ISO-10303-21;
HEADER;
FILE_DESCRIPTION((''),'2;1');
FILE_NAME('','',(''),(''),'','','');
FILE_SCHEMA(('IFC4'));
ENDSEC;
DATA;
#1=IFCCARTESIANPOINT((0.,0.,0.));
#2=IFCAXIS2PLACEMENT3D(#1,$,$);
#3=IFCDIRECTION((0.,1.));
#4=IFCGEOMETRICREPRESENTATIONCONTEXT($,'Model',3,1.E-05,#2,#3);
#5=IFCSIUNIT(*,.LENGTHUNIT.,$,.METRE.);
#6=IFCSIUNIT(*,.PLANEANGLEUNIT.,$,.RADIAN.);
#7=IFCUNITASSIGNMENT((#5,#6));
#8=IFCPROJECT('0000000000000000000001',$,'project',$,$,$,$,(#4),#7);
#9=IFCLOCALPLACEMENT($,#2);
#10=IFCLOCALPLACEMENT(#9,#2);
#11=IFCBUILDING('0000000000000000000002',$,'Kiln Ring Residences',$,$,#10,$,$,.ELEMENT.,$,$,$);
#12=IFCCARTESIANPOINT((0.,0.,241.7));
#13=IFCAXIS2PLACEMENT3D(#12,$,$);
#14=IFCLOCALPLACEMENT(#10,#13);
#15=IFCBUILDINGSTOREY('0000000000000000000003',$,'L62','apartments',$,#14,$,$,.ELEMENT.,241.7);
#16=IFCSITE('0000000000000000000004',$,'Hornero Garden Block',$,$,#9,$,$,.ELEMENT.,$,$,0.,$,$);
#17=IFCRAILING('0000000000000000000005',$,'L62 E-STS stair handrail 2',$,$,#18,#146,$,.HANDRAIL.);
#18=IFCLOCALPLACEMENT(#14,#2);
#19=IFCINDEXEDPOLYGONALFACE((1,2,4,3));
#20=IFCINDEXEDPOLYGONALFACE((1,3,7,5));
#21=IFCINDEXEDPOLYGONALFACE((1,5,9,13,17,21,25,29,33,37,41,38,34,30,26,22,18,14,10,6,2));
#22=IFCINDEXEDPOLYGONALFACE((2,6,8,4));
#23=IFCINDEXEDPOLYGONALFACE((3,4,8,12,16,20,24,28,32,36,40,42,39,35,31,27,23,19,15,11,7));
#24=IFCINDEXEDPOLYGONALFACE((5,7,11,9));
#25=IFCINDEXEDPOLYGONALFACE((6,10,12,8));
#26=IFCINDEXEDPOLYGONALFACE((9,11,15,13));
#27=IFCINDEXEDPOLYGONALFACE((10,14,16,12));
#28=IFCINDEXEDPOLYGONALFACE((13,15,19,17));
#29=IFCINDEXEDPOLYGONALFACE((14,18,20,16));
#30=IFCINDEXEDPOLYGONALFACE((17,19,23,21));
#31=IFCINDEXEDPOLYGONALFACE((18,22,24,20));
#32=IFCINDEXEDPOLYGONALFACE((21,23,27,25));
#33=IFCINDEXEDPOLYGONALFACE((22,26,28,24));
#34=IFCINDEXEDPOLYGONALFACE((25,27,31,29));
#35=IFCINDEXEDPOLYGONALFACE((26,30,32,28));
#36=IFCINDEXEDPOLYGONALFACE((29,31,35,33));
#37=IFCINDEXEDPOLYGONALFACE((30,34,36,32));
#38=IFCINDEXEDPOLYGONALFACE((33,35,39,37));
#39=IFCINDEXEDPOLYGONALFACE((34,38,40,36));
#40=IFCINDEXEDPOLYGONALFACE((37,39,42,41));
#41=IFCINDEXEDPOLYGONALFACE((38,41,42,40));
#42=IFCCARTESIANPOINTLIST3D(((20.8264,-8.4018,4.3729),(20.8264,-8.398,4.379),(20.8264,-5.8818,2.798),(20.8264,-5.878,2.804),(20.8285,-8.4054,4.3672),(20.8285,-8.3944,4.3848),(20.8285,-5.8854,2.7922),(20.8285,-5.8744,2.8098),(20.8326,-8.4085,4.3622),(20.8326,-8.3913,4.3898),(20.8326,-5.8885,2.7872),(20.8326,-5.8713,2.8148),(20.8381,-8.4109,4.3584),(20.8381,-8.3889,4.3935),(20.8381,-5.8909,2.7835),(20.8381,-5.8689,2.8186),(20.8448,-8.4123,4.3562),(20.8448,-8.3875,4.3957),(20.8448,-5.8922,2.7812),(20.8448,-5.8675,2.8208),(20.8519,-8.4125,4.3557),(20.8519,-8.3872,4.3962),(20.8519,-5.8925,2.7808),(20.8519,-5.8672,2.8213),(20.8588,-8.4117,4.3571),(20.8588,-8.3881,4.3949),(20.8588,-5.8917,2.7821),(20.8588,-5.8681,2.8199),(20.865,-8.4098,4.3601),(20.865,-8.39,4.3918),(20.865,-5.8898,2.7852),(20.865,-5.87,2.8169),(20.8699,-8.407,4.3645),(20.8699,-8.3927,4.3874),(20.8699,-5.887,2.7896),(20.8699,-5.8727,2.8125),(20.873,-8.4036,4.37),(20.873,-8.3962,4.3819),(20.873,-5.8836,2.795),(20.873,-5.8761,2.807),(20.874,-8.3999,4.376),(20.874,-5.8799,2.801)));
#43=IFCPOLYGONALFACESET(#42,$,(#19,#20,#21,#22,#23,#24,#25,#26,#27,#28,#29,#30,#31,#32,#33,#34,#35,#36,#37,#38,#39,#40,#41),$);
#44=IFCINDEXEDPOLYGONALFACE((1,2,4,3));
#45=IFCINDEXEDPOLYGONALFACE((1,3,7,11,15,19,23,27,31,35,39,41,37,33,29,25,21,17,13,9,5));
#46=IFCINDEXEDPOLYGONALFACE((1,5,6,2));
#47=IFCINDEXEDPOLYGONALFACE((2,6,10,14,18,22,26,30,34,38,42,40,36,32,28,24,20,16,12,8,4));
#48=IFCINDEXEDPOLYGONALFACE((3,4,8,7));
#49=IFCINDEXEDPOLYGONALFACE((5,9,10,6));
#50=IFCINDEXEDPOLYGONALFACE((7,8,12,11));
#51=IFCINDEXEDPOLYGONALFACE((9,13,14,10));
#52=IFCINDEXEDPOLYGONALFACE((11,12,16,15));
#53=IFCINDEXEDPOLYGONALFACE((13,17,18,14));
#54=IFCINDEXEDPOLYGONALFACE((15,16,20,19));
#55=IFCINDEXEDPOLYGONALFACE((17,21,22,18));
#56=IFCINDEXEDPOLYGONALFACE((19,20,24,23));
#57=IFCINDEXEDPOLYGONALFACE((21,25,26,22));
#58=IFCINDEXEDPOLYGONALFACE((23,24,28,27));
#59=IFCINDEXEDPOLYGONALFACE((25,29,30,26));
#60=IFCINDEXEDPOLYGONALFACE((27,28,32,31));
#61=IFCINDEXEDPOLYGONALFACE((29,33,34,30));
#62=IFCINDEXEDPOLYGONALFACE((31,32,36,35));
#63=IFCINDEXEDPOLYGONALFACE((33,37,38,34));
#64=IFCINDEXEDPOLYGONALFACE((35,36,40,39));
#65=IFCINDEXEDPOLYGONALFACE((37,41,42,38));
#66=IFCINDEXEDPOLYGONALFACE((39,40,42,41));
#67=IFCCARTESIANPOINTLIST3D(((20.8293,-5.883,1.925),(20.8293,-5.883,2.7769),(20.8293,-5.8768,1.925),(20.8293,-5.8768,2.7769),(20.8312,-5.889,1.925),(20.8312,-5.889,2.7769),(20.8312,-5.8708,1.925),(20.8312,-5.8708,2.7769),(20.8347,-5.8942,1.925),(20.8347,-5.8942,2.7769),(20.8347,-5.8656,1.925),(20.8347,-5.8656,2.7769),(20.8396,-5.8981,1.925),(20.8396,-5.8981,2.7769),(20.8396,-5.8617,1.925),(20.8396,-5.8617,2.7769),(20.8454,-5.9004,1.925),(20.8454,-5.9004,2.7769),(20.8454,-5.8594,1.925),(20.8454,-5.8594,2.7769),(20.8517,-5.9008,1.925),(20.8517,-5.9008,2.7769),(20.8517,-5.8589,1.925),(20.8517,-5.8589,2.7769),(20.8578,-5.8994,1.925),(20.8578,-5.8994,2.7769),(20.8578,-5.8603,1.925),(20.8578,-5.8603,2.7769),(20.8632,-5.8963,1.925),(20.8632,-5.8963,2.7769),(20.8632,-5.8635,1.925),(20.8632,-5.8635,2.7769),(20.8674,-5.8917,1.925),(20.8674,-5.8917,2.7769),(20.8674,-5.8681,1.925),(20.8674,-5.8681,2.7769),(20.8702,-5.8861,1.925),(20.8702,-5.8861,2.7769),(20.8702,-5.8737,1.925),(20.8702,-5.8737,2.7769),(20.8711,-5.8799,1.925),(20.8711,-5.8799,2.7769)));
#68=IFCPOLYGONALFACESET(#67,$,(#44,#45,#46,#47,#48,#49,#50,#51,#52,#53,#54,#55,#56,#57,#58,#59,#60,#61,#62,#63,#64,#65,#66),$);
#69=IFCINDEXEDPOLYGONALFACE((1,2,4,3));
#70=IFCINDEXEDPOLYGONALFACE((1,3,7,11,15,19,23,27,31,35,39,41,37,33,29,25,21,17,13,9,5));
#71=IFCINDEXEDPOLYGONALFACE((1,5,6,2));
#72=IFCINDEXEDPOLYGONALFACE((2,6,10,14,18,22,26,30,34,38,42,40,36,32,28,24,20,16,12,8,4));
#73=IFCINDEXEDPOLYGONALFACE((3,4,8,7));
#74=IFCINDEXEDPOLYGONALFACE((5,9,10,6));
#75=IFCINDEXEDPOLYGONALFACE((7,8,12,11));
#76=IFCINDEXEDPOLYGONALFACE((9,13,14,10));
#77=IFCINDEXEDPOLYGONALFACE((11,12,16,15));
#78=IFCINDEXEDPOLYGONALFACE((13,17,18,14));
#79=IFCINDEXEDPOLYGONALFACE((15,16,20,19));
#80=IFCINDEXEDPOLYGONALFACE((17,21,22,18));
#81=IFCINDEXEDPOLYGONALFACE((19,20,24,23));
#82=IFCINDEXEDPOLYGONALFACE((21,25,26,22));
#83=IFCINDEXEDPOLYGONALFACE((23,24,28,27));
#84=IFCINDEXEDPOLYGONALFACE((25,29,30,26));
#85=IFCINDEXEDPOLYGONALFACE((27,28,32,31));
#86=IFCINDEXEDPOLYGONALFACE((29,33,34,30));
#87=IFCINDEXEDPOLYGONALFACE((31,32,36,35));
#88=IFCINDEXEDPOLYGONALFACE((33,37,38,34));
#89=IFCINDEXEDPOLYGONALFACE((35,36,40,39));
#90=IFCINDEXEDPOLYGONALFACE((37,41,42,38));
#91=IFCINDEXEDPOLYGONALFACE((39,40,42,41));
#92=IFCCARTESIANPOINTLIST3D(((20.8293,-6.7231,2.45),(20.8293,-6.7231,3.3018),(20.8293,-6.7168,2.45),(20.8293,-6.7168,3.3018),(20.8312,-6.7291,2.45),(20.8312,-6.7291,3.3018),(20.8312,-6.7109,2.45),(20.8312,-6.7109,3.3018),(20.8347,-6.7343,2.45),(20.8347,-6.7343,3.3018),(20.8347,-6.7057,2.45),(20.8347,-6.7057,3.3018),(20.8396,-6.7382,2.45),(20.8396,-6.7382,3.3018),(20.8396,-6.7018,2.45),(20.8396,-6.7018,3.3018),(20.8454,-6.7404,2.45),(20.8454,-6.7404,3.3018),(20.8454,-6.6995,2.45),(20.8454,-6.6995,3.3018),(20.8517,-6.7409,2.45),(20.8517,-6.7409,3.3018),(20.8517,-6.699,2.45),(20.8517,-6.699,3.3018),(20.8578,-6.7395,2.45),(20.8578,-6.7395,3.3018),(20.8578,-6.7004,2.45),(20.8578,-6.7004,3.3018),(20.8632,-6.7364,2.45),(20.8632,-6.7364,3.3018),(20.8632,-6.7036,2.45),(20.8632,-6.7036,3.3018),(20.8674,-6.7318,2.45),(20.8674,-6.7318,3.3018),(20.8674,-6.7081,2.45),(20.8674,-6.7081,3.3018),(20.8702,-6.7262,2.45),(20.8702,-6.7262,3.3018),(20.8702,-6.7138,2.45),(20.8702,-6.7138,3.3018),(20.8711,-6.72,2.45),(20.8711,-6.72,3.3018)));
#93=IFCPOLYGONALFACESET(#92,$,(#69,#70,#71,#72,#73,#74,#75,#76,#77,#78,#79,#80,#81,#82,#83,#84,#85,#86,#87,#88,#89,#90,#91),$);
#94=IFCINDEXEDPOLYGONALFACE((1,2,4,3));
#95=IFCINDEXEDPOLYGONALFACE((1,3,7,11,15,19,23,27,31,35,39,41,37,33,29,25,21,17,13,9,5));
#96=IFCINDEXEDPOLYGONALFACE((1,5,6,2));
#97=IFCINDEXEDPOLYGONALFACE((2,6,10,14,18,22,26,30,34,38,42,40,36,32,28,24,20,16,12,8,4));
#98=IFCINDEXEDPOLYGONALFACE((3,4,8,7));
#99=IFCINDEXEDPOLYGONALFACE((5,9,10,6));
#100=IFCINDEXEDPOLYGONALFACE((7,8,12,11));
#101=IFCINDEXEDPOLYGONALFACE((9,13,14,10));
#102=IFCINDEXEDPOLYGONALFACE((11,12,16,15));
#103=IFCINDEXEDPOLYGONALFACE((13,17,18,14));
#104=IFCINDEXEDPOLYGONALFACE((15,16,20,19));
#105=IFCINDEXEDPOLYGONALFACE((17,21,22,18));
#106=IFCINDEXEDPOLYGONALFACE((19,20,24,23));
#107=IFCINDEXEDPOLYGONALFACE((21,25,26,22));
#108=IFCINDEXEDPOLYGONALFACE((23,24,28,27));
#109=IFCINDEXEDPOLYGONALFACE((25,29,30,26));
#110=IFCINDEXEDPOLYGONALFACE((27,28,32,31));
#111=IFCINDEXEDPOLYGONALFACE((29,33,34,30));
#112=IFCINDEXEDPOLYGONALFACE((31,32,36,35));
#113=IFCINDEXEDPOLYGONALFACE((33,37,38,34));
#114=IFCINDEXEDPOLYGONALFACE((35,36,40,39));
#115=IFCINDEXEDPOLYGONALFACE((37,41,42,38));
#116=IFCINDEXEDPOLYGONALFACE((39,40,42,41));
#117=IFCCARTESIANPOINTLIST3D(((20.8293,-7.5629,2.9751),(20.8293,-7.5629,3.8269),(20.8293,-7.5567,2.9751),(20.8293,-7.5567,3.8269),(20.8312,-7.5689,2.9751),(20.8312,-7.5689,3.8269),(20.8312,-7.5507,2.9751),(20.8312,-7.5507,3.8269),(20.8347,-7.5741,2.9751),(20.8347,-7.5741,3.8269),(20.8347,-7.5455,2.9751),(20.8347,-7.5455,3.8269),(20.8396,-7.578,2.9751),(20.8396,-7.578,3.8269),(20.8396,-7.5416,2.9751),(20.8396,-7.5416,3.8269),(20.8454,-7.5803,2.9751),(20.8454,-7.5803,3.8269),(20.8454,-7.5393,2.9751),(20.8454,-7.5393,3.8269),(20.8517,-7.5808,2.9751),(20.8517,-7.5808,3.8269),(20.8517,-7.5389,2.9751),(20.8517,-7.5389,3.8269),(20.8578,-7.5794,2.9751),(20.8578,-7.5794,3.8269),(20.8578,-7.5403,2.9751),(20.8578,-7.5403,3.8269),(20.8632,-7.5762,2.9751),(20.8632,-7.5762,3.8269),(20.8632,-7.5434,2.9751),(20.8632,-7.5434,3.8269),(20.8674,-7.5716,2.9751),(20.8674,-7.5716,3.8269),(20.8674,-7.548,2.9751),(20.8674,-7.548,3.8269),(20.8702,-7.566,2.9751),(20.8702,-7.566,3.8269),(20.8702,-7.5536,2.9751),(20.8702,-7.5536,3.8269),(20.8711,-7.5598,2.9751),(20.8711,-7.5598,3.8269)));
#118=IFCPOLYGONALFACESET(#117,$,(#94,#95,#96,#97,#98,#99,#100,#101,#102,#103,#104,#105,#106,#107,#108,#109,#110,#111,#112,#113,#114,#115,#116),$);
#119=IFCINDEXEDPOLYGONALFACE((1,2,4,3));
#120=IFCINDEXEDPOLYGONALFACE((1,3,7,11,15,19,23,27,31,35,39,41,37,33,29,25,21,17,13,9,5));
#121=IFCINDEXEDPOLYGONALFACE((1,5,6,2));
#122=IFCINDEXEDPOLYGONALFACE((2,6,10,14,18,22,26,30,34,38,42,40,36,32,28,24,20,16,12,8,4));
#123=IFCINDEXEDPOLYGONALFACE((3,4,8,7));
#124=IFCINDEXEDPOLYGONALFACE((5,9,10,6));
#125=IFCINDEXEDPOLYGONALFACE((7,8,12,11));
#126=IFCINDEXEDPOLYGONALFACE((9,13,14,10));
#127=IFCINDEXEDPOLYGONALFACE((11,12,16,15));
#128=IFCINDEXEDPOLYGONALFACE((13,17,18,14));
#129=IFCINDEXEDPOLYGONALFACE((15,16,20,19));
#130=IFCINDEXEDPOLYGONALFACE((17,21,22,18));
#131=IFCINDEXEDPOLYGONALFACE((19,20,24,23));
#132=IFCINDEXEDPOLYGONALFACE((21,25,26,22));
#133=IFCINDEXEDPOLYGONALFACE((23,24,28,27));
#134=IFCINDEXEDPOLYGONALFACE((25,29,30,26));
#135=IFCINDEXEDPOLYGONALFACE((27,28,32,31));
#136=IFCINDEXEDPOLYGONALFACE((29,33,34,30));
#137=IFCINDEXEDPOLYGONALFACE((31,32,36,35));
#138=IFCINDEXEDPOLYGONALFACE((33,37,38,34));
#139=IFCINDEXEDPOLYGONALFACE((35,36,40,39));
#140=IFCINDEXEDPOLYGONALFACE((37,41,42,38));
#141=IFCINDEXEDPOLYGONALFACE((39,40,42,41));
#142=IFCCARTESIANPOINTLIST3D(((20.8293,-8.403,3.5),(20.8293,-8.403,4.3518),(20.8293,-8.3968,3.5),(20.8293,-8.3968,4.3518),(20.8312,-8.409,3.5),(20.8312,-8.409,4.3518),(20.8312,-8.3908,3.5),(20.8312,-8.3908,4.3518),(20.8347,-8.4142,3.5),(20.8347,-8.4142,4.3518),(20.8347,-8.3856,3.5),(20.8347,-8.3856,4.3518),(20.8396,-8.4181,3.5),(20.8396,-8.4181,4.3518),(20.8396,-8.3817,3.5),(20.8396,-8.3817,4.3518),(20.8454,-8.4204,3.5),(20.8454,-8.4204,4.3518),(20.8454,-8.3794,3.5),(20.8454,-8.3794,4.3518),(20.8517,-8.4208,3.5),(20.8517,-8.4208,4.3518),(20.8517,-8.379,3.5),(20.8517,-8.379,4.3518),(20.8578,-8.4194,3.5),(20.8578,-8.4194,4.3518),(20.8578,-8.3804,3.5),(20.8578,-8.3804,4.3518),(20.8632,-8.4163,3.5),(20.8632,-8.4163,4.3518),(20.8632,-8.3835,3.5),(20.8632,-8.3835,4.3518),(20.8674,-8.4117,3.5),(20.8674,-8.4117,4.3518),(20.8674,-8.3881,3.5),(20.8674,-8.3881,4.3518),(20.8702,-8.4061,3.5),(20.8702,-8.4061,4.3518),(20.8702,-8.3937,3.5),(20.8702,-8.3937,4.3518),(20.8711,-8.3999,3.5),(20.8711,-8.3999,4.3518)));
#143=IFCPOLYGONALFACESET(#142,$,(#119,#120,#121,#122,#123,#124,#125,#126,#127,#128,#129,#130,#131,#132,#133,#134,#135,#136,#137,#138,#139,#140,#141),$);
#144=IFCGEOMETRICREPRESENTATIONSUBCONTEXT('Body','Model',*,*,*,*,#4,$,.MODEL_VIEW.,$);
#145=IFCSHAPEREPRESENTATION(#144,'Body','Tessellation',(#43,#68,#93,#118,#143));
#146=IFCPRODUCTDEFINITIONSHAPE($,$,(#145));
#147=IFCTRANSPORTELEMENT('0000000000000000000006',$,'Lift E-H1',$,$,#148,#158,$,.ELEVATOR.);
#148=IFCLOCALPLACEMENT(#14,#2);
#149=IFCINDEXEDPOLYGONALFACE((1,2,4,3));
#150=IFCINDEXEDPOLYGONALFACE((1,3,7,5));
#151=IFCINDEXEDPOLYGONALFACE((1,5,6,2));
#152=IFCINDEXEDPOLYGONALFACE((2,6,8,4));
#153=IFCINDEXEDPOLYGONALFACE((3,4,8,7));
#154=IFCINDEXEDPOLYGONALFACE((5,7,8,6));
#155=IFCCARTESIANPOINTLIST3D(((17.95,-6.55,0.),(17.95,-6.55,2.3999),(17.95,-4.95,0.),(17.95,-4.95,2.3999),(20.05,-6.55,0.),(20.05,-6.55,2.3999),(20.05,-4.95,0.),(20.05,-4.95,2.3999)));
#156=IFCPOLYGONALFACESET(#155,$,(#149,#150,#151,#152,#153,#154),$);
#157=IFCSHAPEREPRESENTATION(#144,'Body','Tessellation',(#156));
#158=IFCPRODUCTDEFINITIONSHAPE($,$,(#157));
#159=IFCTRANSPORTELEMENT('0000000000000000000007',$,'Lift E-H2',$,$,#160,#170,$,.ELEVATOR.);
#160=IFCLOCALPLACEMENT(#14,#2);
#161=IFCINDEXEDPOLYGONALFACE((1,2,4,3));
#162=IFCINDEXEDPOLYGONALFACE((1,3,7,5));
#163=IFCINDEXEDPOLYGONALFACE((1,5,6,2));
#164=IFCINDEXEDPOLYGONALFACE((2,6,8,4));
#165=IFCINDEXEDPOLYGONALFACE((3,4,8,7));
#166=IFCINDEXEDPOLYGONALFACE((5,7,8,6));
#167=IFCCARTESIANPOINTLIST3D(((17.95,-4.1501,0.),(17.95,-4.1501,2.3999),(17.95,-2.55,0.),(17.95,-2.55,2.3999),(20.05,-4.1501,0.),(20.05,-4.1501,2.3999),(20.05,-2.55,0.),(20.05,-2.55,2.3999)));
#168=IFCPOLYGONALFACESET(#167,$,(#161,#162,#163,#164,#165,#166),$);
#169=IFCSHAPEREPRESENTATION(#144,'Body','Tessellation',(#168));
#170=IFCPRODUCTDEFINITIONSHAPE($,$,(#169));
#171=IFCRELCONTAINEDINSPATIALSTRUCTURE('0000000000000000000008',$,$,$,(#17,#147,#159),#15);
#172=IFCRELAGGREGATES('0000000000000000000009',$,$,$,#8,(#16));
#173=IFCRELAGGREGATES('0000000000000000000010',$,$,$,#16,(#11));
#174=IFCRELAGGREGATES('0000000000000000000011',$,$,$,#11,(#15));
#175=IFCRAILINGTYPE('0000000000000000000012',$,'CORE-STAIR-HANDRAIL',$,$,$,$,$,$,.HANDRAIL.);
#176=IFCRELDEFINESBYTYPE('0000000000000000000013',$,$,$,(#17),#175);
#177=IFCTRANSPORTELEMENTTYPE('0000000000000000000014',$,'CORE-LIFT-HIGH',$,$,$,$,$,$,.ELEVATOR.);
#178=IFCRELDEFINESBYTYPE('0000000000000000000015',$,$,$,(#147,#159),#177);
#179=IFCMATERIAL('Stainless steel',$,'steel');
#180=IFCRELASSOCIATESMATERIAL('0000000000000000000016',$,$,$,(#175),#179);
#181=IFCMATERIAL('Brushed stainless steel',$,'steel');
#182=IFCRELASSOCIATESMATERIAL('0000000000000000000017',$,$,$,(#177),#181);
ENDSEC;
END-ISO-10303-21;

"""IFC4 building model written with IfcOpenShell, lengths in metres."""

from ifc_helpers import new_model, si_unit, direction, frame, origin, origin_2d, place, context, subcontext, project, spatial, rectangle, circle, extrude, material, type_object, element, save


model = new_model("IFC4")

# Units and contexts
model_context = context("Model", 3, precision=1e-05, world=origin(), true_north=direction((0.0, 1.0)))
body_context = subcontext(model_context, "Body", "Model", "MODEL_VIEW")
ifc_project = project(units=[si_unit("LENGTHUNIT", "METRE"), si_unit("PLANEANGLEUNIT", "RADIAN")], contexts=[model_context])

# Site, building, storey
site_placement = place(None, origin())
site = spatial("IfcSite", under=ifc_project, at=site_placement, Name="Hornero Garden Block", CompositionType="ELEMENT", RefElevation=0.0)
building_placement = place(site_placement, origin())
building = spatial("IfcBuilding", under=site, at=building_placement, Name="Kiln Ring Residences", CompositionType="ELEMENT")
storey_placement = place(building_placement, frame((0.0, 0.0, 241.7)))
storey = spatial("IfcBuildingStorey", under=building, at=storey_placement, Name="L62", Description="apartments", CompositionType="ELEMENT", Elevation=241.7)

# Railing
ifc_material_1 = material(Name="Stainless steel", Category="steel")
railing_type_1 = type_object("IfcRailingType", Name="CORE-STAIR-HANDRAIL", PredefinedType="HANDRAIL", material=ifc_material_1)
railing_1_placement = place(storey_placement, frame((20.8501, -5.8799, 1.925)))
element("IfcRailing", 1, at=railing_1_placement, inside=storey, type_object=railing_type_1, Name="L62 E-STS stair handrail 2", PredefinedType="HANDRAIL", context=body_context, shape_type="SweptSolid", body=[
    extrude(circle(Radius=0.0239, at=origin_2d()), frame((0.0, 0.0, 0.876), z_axis=(0.0, -0.848008, 0.529984), x_axis=(1.0, 0.0, 0.0)), (0.0, 0.0, 1.0), 2.9717),
    extrude(circle(Radius=0.021, at=origin_2d()), origin(), (0.0, 0.0, 1.0), 0.8518),
    extrude(circle(Radius=0.021, at=origin_2d()), frame((0.0, -0.8401, 0.5249)), (0.0, 0.0, 1.0), 0.8518),
    extrude(circle(Radius=0.021, at=origin_2d()), frame((0.0, -1.6799, 1.05)), (0.0, 0.0, 1.0), 0.8518),
    extrude(circle(Radius=0.021, at=origin_2d()), frame((0.0, -2.52, 1.575)), (0.0, 0.0, 1.0), 0.8518),
])

# Transport elements
ifc_material_2 = material(Name="Brushed stainless steel", Category="steel")
transport_element_type = type_object("IfcTransportElementType", Name="CORE-LIFT-HIGH", PredefinedType="ELEVATOR", material=ifc_material_2)
for number, where, z_axis, x_axis, name in (
    (2, (19.0, -5.75, 0.0), (0.0, 0.0, 1.0), (1.0, 0.0, 0.0), "Lift E-H1"),
    (3, (19.0, -3.3501, 0.0), (0.0, 0.0, 1.0), (1.0, 0.0, 0.0), "Lift E-H2"),
):
    element("IfcTransportElement", number, at=place(storey_placement, frame(where, z_axis=z_axis, x_axis=x_axis)), inside=storey, type_object=transport_element_type, Name=name, PredefinedType="ELEVATOR", context=body_context, shape_type="SweptSolid", body=[
        extrude(rectangle(XDim=2.1001, YDim=1.6001, at=origin_2d()), origin(), (0.0, 0.0, 1.0), 2.3999),
    ])

save(model, "model.ifc")
